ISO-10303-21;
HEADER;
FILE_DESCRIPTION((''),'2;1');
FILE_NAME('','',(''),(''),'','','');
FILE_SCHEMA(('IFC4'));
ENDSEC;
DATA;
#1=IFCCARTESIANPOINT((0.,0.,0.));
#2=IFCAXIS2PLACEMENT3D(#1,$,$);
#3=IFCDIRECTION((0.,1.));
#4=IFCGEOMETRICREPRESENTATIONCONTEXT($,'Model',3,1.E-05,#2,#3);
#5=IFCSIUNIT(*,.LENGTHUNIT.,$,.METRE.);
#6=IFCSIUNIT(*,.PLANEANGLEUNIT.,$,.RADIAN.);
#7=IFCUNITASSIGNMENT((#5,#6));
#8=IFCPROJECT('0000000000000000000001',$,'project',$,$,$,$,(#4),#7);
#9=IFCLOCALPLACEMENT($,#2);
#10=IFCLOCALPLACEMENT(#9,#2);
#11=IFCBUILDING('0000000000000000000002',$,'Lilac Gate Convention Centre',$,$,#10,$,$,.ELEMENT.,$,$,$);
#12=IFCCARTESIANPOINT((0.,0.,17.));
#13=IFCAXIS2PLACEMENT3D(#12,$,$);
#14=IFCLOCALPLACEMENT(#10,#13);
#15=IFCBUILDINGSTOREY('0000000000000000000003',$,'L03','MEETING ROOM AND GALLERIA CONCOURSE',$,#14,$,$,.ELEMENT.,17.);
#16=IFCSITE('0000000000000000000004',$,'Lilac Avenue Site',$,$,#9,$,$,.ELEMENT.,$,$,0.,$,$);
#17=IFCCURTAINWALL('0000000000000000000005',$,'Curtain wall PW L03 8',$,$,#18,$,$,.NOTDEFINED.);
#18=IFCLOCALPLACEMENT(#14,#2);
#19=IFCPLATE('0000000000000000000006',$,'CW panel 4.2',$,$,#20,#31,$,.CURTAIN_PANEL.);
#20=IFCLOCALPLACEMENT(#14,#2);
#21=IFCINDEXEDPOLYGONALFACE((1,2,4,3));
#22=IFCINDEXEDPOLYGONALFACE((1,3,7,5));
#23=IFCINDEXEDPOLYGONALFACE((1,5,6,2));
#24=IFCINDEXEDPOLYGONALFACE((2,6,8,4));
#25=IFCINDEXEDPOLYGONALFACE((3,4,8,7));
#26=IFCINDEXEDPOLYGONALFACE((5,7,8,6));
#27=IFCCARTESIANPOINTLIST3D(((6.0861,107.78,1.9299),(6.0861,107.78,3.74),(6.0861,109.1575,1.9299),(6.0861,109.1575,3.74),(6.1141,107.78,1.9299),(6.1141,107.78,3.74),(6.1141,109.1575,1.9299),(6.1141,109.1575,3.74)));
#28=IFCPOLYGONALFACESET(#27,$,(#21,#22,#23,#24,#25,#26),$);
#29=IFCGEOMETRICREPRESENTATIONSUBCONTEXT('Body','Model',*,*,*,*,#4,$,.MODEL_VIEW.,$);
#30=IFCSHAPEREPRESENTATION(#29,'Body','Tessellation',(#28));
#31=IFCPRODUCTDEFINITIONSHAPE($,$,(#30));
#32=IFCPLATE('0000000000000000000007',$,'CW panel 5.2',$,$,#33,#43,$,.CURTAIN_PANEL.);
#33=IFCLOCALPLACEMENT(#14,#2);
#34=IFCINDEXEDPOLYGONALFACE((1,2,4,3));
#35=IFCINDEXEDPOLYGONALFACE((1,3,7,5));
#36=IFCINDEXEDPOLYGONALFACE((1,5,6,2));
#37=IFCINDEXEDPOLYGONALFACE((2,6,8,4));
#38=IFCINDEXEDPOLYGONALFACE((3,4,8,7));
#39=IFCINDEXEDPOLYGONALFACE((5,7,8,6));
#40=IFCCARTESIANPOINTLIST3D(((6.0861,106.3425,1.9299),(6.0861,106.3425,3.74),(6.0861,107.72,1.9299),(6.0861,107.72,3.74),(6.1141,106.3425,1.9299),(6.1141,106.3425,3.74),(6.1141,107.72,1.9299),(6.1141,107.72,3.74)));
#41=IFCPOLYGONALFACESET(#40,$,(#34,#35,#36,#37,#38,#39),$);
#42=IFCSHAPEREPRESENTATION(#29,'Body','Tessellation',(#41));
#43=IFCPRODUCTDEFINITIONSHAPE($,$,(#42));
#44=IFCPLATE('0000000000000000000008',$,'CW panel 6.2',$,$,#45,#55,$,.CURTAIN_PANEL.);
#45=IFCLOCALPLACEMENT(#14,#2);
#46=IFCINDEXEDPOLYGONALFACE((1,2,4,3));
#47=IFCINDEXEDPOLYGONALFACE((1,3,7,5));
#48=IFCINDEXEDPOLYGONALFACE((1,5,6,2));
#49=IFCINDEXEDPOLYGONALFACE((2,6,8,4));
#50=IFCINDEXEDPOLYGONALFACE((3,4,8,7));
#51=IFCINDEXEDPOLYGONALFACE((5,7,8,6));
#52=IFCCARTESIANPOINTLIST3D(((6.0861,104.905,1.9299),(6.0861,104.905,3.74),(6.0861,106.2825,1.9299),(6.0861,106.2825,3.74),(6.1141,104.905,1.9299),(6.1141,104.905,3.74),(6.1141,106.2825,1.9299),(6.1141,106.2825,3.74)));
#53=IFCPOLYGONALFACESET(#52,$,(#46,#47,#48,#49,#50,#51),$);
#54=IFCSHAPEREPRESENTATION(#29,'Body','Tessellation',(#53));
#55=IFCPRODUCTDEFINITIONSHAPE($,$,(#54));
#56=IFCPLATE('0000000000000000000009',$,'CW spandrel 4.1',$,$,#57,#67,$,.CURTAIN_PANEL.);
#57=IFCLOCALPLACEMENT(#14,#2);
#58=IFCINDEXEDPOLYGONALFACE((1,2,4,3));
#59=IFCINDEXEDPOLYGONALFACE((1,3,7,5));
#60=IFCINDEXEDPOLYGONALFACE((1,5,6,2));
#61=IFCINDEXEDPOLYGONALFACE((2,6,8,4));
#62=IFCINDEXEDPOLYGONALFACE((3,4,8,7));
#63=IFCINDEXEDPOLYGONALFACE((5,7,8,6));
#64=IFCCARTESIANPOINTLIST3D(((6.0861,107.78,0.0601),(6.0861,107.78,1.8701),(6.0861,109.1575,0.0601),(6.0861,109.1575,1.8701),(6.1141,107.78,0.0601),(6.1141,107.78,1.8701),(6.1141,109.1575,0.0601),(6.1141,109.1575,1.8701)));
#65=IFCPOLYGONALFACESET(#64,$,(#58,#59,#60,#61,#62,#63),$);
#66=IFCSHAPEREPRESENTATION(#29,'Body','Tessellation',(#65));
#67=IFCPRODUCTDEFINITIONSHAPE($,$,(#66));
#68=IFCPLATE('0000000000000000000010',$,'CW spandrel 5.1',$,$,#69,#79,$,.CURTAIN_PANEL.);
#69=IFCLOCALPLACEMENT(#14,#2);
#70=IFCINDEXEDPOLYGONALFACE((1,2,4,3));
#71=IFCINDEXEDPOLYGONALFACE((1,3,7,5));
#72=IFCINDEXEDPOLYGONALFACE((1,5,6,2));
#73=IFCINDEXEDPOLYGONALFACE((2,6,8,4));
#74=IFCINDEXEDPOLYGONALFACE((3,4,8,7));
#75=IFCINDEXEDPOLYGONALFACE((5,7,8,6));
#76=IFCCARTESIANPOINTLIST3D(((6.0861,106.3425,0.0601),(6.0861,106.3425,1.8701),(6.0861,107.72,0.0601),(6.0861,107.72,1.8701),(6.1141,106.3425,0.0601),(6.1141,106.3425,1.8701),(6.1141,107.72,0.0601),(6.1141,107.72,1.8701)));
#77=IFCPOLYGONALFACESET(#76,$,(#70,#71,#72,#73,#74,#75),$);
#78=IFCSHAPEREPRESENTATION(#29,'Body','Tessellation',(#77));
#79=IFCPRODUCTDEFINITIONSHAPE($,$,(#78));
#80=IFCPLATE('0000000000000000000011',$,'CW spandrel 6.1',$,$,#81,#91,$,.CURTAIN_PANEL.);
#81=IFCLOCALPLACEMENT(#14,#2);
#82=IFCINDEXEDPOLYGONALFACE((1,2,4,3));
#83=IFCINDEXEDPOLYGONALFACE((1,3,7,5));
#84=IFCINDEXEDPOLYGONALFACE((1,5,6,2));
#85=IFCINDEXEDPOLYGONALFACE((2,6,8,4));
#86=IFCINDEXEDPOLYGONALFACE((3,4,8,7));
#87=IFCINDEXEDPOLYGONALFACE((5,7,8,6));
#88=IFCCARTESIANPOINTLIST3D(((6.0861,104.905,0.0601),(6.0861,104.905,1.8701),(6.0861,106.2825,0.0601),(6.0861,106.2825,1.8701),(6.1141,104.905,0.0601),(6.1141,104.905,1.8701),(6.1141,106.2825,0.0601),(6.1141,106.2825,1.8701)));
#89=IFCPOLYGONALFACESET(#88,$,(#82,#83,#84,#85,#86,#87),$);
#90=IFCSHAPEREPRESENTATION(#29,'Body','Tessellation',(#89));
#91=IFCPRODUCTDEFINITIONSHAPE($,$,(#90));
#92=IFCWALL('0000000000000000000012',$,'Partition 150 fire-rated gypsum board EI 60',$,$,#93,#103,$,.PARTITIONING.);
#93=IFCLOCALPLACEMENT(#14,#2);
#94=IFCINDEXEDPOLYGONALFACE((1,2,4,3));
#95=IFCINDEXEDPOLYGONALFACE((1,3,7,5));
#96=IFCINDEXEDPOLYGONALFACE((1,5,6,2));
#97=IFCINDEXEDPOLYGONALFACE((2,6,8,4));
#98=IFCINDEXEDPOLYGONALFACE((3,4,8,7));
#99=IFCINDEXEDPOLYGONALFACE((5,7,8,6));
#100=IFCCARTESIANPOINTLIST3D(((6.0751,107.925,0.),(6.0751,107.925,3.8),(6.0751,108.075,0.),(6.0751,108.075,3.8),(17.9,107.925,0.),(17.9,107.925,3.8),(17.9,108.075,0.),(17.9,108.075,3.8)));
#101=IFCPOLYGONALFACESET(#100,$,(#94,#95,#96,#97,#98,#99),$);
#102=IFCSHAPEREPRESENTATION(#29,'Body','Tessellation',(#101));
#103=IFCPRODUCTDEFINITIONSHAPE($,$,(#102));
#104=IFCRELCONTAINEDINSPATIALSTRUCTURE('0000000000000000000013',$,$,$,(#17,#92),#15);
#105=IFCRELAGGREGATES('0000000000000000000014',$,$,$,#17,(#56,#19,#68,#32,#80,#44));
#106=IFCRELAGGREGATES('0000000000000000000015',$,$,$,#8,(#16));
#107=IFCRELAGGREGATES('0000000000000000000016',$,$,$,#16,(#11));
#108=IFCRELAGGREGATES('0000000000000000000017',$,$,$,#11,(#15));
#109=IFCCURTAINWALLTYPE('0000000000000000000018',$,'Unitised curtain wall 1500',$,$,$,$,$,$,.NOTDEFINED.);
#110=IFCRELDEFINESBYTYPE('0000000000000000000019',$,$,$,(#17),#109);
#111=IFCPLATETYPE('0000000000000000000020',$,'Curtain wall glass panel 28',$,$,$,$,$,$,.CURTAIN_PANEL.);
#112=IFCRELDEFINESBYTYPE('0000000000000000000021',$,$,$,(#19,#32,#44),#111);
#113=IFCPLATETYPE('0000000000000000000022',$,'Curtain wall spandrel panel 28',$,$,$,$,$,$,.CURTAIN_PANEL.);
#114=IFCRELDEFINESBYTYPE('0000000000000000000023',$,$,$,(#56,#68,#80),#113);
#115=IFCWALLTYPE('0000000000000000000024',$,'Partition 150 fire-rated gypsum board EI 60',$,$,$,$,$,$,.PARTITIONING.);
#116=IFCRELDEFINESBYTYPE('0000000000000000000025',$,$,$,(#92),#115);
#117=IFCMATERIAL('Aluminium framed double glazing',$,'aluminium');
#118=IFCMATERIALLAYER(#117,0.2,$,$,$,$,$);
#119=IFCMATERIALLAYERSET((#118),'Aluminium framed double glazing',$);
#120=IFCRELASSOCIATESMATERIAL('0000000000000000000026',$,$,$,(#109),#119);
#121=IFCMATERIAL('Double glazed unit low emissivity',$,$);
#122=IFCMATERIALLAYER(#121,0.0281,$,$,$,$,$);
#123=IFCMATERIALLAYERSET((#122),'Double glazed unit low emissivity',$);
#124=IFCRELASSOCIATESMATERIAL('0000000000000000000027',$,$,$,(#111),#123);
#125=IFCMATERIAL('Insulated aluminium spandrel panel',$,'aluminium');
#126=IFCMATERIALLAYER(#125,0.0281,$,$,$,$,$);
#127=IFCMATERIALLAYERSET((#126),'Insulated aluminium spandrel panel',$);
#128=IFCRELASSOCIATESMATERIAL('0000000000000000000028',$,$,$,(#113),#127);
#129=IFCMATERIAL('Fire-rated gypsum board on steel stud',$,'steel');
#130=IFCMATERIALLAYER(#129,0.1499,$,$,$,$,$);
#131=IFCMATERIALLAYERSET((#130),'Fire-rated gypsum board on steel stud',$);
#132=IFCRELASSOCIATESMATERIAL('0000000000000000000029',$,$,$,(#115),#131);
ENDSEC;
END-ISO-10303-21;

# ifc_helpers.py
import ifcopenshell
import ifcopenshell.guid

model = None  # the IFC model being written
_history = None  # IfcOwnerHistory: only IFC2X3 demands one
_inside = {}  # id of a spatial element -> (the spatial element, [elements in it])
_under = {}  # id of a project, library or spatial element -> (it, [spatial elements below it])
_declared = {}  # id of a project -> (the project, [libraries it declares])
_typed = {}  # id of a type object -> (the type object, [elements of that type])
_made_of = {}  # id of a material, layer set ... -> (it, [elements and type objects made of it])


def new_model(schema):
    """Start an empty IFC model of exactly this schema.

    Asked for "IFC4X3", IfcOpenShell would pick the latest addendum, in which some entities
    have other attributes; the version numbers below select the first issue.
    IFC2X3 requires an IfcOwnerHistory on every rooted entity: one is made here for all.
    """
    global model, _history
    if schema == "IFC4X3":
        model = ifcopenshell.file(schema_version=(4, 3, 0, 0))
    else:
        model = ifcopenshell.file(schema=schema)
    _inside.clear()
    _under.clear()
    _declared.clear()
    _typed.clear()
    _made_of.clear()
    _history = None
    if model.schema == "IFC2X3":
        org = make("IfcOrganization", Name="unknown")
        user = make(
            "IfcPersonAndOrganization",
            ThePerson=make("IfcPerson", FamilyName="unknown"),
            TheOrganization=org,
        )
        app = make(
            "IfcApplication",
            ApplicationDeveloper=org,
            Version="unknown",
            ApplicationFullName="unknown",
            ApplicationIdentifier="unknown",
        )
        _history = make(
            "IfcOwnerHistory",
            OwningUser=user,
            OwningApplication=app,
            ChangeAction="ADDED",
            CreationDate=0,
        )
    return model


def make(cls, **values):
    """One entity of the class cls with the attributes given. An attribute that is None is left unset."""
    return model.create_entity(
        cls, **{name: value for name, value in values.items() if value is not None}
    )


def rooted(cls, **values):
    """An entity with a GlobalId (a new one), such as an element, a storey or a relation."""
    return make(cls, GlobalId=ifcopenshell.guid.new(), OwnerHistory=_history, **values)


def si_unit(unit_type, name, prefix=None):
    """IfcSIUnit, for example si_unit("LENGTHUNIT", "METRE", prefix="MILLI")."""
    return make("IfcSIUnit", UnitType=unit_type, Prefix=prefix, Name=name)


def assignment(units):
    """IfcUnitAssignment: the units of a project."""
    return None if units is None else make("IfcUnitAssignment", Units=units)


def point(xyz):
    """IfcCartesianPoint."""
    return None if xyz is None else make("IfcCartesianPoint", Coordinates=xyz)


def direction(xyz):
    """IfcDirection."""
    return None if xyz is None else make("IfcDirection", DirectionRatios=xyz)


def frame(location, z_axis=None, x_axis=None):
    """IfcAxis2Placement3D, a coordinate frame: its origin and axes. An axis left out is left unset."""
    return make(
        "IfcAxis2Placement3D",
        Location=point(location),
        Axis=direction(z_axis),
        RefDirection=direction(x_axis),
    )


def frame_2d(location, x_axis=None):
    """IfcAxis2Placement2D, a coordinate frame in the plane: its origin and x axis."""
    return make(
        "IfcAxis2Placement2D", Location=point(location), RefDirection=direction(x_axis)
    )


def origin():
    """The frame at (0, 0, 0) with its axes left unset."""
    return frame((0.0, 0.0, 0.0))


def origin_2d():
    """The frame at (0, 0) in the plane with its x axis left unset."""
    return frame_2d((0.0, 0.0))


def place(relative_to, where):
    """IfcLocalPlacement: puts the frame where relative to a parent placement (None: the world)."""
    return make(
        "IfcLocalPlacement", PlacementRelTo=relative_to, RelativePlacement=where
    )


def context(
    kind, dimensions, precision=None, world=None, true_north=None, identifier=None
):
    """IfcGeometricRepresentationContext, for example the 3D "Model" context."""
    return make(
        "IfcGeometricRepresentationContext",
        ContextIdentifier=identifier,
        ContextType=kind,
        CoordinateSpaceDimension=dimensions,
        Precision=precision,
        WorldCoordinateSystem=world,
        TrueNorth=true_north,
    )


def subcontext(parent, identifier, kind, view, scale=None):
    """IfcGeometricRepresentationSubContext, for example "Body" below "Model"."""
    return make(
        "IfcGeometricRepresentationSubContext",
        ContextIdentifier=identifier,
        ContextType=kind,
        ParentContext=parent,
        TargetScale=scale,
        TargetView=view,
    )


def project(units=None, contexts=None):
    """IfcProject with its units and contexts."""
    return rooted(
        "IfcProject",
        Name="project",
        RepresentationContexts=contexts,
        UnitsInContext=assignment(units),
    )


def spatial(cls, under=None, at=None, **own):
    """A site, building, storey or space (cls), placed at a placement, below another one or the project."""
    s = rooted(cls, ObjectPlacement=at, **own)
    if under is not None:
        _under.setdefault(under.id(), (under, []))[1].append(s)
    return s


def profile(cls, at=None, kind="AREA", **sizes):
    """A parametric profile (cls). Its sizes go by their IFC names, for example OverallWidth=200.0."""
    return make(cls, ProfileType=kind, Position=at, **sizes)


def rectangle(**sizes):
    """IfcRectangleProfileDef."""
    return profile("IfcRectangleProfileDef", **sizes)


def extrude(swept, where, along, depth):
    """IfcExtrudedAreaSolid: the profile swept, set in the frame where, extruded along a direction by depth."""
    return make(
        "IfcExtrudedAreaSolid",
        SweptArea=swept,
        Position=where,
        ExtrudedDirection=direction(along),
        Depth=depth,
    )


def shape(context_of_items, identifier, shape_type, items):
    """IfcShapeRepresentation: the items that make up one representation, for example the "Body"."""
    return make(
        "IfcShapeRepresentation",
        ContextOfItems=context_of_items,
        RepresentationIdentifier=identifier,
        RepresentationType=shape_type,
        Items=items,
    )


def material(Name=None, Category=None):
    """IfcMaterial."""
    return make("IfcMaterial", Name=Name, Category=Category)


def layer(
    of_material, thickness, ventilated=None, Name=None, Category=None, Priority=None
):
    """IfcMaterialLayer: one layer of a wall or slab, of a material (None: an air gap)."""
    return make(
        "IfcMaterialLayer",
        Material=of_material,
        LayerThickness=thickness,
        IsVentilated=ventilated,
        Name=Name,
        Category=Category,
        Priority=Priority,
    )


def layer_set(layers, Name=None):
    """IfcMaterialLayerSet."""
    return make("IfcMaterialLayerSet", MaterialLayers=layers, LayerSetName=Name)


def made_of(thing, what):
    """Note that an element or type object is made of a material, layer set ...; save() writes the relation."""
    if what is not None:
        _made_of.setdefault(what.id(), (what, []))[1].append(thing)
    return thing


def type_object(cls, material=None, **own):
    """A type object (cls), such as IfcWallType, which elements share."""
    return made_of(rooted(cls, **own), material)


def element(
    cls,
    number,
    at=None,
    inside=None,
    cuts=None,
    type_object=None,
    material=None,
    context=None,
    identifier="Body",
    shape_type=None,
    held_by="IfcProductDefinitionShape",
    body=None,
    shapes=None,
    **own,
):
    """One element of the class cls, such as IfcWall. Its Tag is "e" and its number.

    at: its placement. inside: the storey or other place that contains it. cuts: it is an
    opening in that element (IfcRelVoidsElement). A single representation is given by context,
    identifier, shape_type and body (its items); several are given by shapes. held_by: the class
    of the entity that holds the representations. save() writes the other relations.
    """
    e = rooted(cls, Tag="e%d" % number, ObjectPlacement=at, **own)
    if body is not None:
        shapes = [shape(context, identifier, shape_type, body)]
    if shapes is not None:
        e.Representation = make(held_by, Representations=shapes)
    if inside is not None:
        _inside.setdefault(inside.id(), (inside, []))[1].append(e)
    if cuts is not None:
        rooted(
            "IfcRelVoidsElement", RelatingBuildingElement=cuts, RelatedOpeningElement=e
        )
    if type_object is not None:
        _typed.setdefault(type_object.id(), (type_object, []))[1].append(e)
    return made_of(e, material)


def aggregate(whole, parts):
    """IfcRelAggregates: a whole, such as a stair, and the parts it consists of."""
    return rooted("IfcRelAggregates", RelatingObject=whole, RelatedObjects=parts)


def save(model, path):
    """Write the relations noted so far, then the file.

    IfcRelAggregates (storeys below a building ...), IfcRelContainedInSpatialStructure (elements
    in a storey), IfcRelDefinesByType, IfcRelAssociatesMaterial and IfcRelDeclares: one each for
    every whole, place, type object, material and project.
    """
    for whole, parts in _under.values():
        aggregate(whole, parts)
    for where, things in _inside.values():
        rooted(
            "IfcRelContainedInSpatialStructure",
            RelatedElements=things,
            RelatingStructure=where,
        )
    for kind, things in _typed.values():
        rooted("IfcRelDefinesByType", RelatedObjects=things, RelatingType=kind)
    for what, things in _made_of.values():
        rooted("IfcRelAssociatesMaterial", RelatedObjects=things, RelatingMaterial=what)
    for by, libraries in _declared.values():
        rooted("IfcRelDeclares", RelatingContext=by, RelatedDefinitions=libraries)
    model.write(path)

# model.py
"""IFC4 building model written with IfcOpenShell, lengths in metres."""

from ifc_helpers import new_model, si_unit, direction, frame, frame_2d, origin, origin_2d, place, context, subcontext, project, spatial, rectangle, extrude, material, layer, layer_set, type_object, element, aggregate, save


model = new_model("IFC4")

# Units and contexts
model_context = context("Model", 3, precision=1e-05, world=origin(), true_north=direction((0.0, 1.0)))
body_context = subcontext(model_context, "Body", "Model", "MODEL_VIEW")
ifc_project = project(units=[si_unit("LENGTHUNIT", "METRE"), si_unit("PLANEANGLEUNIT", "RADIAN")], contexts=[model_context])

# Site, building, storey
site_placement = place(None, origin())
site = spatial("IfcSite", under=ifc_project, at=site_placement, Name="Lilac Avenue Site", CompositionType="ELEMENT", RefElevation=0.0)
building_placement = place(site_placement, origin())
building = spatial("IfcBuilding", under=site, at=building_placement, Name="Lilac Gate Convention Centre", CompositionType="ELEMENT")
storey_placement = place(building_placement, frame((0.0, 0.0, 17.0)))
storey = spatial("IfcBuildingStorey", under=building, at=storey_placement, Name="L03", Description="MEETING ROOM AND GALLERIA CONCOURSE", CompositionType="ELEMENT", Elevation=17.0)

# Curtain wall, plates
ifc_material_1 = material(Name="Aluminium framed double glazing", Category="aluminium")
ifc_layer_1 = layer(ifc_material_1, 0.2)
ifc_layer_set_1 = layer_set([ifc_layer_1], Name="Aluminium framed double glazing")
curtain_wall_type = type_object("IfcCurtainWallType", Name="Unitised curtain wall 1500", PredefinedType="NOTDEFINED", material=ifc_layer_set_1)
curtain_wall_placement = place(storey_placement, origin())
curtain_wall = element("IfcCurtainWall", 1, at=curtain_wall_placement, inside=storey, type_object=curtain_wall_type, Name="Curtain wall PW L03 8", PredefinedType="NOTDEFINED")
ifc_material_2 = material(Name="Double glazed unit low emissivity")
ifc_layer_2 = layer(ifc_material_2, 0.0281)
ifc_layer_set_2 = layer_set([ifc_layer_2], Name="Double glazed unit low emissivity")
plate_type_1 = type_object("IfcPlateType", Name="Curtain wall glass panel 28", PredefinedType="CURTAIN_PANEL", material=ifc_layer_set_2)
plate_1_placement = place(storey_placement, frame((6.1001, 108.4688, 1.9299), z_axis=(0.0, 0.0, 1.0), x_axis=(0.0, -1.0, 0.0)))
plate_1 = element("IfcPlate", 2, at=plate_1_placement, type_object=plate_type_1, Name="CW panel 4.2", PredefinedType="CURTAIN_PANEL", context=body_context, shape_type="SweptSolid", body=[
    extrude(rectangle(XDim=1.3774, YDim=0.0281, at=origin_2d()), origin(), (0.0, 0.0, 1.0), 1.8101),
])
plate_2_placement = place(storey_placement, frame((6.1001, 107.0312, 1.9299), z_axis=(0.0, 0.0, 1.0), x_axis=(0.0, -1.0, 0.0)))
plate_2 = element("IfcPlate", 3, at=plate_2_placement, type_object=plate_type_1, Name="CW panel 5.2", PredefinedType="CURTAIN_PANEL", context=body_context, shape_type="SweptSolid", body=[
    extrude(rectangle(XDim=1.3774, YDim=0.0281, at=origin_2d()), origin(), (0.0, 0.0, 1.0), 1.8101),
])
plate_3_placement = place(storey_placement, frame((6.1001, 105.5938, 1.9299), z_axis=(0.0, 0.0, 1.0), x_axis=(0.0, -1.0, 0.0)))
plate_3 = element("IfcPlate", 4, at=plate_3_placement, type_object=plate_type_1, Name="CW panel 6.2", PredefinedType="CURTAIN_PANEL", context=body_context, shape_type="SweptSolid", body=[
    extrude(rectangle(XDim=1.3774, YDim=0.0281, at=origin_2d()), origin(), (0.0, 0.0, 1.0), 1.8101),
])
ifc_material_3 = material(Name="Insulated aluminium spandrel panel", Category="aluminium")
ifc_layer_3 = layer(ifc_material_3, 0.0281)
ifc_layer_set_3 = layer_set([ifc_layer_3], Name="Insulated aluminium spandrel panel")
plate_type_2 = type_object("IfcPlateType", Name="Curtain wall spandrel panel 28", PredefinedType="CURTAIN_PANEL", material=ifc_layer_set_3)
plate_4_placement = place(storey_placement, frame((6.1001, 108.4688, 0.0601), z_axis=(0.0, 0.0, 1.0), x_axis=(0.0, -1.0, 0.0)))
plate_4 = element("IfcPlate", 5, at=plate_4_placement, type_object=plate_type_2, Name="CW spandrel 4.1", PredefinedType="CURTAIN_PANEL", context=body_context, shape_type="SweptSolid", body=[
    extrude(rectangle(XDim=1.3774, YDim=0.0281, at=origin_2d()), origin(), (0.0, 0.0, 1.0), 1.8101),
])
plate_5_placement = place(storey_placement, frame((6.1001, 107.0312, 0.0601), z_axis=(0.0, 0.0, 1.0), x_axis=(0.0, -1.0, 0.0)))
plate_5 = element("IfcPlate", 6, at=plate_5_placement, type_object=plate_type_2, Name="CW spandrel 5.1", PredefinedType="CURTAIN_PANEL", context=body_context, shape_type="SweptSolid", body=[
    extrude(rectangle(XDim=1.3774, YDim=0.0281, at=origin_2d()), origin(), (0.0, 0.0, 1.0), 1.8101),
])
plate_6_placement = place(storey_placement, frame((6.1001, 105.5938, 0.0601), z_axis=(0.0, 0.0, 1.0), x_axis=(0.0, -1.0, 0.0)))
plate_6 = element("IfcPlate", 7, at=plate_6_placement, type_object=plate_type_2, Name="CW spandrel 6.1", PredefinedType="CURTAIN_PANEL", context=body_context, shape_type="SweptSolid", body=[
    extrude(rectangle(XDim=1.3774, YDim=0.0281, at=origin_2d()), origin(), (0.0, 0.0, 1.0), 1.8101),
])
aggregate(curtain_wall, [plate_4, plate_1, plate_5, plate_2, plate_6, plate_3])

# Wall
ifc_material_4 = material(Name="Fire-rated gypsum board on steel stud", Category="steel")
ifc_layer_4 = layer(ifc_material_4, 0.1499)
ifc_layer_set_4 = layer_set([ifc_layer_4], Name="Fire-rated gypsum board on steel stud")
wall_type = type_object("IfcWallType", Name="Partition 150 fire-rated gypsum board EI 60", PredefinedType="PARTITIONING", material=ifc_layer_set_4)
wall_placement = place(storey_placement, frame((6.075, 108.0, 0.0), z_axis=(0.0, 0.0, 1.0), x_axis=(1.0, 0.0, 0.0)))
element("IfcWall", 8, at=wall_placement, inside=storey, type_object=wall_type, Name="Partition 150 fire-rated gypsum board EI 60", PredefinedType="PARTITIONING", context=body_context, shape_type="SweptSolid", body=[
    extrude(rectangle(XDim=11.825, YDim=0.1499, at=frame_2d((5.9126, 0.0))), origin(), (0.0, 0.0, 1.0), 3.8),
])

save(model, "model.ifc")
